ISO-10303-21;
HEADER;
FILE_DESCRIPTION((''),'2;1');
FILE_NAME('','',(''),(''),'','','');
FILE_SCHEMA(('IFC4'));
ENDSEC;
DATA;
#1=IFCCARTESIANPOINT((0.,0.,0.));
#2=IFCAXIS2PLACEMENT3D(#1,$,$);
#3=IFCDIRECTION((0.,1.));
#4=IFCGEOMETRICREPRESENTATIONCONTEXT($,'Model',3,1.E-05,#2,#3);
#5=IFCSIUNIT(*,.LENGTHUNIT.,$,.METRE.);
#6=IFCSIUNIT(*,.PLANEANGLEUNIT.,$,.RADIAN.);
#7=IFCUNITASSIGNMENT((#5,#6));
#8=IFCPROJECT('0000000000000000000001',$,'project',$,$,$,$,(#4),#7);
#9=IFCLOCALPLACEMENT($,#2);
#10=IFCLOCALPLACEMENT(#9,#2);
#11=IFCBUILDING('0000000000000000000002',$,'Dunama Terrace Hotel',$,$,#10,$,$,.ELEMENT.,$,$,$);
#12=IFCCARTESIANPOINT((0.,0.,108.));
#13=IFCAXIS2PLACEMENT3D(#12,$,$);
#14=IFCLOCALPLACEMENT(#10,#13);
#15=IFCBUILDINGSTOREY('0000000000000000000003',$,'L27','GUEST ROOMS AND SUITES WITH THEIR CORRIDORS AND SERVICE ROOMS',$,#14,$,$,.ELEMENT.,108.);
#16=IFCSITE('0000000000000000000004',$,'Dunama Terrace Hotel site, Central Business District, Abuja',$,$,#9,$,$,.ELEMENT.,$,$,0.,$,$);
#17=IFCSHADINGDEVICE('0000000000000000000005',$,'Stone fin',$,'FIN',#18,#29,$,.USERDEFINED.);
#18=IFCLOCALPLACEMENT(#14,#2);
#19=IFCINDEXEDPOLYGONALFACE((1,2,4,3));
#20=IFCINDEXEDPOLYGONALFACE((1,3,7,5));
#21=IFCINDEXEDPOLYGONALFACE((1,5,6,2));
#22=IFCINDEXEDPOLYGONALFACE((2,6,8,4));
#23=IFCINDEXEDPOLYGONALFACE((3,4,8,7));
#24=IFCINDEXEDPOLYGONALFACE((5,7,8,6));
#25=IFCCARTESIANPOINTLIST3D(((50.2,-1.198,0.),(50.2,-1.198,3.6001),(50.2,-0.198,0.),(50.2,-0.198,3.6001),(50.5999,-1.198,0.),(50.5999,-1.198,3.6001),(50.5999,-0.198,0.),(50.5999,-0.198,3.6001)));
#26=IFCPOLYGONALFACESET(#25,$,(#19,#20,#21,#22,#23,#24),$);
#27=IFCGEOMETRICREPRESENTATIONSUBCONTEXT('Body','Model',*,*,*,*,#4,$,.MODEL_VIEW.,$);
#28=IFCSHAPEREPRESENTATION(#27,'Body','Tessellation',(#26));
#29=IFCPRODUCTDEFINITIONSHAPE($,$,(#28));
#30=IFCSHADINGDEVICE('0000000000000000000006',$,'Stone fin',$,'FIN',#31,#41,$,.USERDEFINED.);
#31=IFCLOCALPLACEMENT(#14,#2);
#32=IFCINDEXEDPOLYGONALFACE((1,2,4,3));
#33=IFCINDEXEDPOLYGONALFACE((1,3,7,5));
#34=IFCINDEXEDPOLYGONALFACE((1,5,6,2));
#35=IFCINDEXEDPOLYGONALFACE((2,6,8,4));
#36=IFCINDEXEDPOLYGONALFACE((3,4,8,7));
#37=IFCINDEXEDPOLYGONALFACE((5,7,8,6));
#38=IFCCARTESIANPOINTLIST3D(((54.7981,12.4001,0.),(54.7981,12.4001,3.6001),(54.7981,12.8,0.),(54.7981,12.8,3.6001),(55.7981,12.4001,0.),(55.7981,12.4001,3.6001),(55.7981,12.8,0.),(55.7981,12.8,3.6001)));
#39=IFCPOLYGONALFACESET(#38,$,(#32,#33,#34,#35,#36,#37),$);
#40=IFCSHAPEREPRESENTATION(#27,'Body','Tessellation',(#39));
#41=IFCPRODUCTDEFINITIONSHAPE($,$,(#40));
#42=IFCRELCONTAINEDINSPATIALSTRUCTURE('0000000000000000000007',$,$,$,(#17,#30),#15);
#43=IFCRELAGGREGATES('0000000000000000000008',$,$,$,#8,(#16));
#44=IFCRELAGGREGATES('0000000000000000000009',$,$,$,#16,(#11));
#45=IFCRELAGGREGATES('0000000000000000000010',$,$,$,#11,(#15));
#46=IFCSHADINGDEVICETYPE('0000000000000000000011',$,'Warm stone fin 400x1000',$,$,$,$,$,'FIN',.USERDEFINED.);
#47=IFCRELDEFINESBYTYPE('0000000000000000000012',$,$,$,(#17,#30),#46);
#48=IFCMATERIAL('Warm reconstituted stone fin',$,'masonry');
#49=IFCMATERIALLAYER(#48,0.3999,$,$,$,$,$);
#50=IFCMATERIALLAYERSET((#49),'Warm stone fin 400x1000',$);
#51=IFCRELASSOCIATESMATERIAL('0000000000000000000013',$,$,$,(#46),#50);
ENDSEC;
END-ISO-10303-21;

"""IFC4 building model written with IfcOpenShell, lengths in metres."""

from ifc_helpers import new_model, si_unit, direction, frame, origin, origin_2d, place, context, subcontext, project, spatial, rectangle, extrude, material, layer, layer_set, type_object, element, save


model = new_model("IFC4")

# Units and contexts
model_context = context("Model", 3, precision=1e-05, world=origin(), true_north=direction((0.0, 1.0)))
body_context = subcontext(model_context, "Body", "Model", "MODEL_VIEW")
ifc_project = project(units=[si_unit("LENGTHUNIT", "METRE"), si_unit("PLANEANGLEUNIT", "RADIAN")], contexts=[model_context])

# Site, building, storey
site_placement = place(None, origin())
site = spatial("IfcSite", under=ifc_project, at=site_placement, Name="Dunama Terrace Hotel site, Central Business District, Abuja", CompositionType="ELEMENT", RefElevation=0.0)
building_placement = place(site_placement, origin())
building = spatial("IfcBuilding", under=site, at=building_placement, Name="Dunama Terrace Hotel", CompositionType="ELEMENT")
storey_placement = place(building_placement, frame((0.0, 0.0, 108.0)))
storey = spatial("IfcBuildingStorey", under=building, at=storey_placement, Name="L27", Description="GUEST ROOMS AND SUITES WITH THEIR CORRIDORS AND SERVICE ROOMS", CompositionType="ELEMENT", Elevation=108.0)

# Shading devices
ifc_material_1 = material(Name="Warm reconstituted stone fin", Category="masonry")
ifc_layer_1 = layer(ifc_material_1, 0.3999)
ifc_layer_set_1 = layer_set([ifc_layer_1], Name="Warm stone fin 400x1000")
shading_device_type = type_object("IfcShadingDeviceType", Name="Warm stone fin 400x1000", ElementType="FIN", PredefinedType="USERDEFINED", material=ifc_layer_set_1)
for number, where, z_axis, x_axis, name in (
    (1, (50.3999, -0.698, 0.0), (0.0, 0.0, 1.0), (1.0, 0.0, 0.0), "Stone fin"),
    (2, (55.2981, 12.6001, 0.0), (0.0, 0.0, 1.0), (0.0, 1.0, 0.0), "Stone fin"),
):
    element("IfcShadingDevice", number, at=place(storey_placement, frame(where, z_axis=z_axis, x_axis=x_axis)), inside=storey, type_object=shading_device_type, Name=name, ObjectType="FIN", PredefinedType="USERDEFINED", context=body_context, shape_type="SweptSolid", body=[
        extrude(rectangle(XDim=0.3999, YDim=1.0, at=origin_2d()), origin(), (0.0, 0.0, 1.0), 3.6001),
    ])

save(model, "model.ifc")
